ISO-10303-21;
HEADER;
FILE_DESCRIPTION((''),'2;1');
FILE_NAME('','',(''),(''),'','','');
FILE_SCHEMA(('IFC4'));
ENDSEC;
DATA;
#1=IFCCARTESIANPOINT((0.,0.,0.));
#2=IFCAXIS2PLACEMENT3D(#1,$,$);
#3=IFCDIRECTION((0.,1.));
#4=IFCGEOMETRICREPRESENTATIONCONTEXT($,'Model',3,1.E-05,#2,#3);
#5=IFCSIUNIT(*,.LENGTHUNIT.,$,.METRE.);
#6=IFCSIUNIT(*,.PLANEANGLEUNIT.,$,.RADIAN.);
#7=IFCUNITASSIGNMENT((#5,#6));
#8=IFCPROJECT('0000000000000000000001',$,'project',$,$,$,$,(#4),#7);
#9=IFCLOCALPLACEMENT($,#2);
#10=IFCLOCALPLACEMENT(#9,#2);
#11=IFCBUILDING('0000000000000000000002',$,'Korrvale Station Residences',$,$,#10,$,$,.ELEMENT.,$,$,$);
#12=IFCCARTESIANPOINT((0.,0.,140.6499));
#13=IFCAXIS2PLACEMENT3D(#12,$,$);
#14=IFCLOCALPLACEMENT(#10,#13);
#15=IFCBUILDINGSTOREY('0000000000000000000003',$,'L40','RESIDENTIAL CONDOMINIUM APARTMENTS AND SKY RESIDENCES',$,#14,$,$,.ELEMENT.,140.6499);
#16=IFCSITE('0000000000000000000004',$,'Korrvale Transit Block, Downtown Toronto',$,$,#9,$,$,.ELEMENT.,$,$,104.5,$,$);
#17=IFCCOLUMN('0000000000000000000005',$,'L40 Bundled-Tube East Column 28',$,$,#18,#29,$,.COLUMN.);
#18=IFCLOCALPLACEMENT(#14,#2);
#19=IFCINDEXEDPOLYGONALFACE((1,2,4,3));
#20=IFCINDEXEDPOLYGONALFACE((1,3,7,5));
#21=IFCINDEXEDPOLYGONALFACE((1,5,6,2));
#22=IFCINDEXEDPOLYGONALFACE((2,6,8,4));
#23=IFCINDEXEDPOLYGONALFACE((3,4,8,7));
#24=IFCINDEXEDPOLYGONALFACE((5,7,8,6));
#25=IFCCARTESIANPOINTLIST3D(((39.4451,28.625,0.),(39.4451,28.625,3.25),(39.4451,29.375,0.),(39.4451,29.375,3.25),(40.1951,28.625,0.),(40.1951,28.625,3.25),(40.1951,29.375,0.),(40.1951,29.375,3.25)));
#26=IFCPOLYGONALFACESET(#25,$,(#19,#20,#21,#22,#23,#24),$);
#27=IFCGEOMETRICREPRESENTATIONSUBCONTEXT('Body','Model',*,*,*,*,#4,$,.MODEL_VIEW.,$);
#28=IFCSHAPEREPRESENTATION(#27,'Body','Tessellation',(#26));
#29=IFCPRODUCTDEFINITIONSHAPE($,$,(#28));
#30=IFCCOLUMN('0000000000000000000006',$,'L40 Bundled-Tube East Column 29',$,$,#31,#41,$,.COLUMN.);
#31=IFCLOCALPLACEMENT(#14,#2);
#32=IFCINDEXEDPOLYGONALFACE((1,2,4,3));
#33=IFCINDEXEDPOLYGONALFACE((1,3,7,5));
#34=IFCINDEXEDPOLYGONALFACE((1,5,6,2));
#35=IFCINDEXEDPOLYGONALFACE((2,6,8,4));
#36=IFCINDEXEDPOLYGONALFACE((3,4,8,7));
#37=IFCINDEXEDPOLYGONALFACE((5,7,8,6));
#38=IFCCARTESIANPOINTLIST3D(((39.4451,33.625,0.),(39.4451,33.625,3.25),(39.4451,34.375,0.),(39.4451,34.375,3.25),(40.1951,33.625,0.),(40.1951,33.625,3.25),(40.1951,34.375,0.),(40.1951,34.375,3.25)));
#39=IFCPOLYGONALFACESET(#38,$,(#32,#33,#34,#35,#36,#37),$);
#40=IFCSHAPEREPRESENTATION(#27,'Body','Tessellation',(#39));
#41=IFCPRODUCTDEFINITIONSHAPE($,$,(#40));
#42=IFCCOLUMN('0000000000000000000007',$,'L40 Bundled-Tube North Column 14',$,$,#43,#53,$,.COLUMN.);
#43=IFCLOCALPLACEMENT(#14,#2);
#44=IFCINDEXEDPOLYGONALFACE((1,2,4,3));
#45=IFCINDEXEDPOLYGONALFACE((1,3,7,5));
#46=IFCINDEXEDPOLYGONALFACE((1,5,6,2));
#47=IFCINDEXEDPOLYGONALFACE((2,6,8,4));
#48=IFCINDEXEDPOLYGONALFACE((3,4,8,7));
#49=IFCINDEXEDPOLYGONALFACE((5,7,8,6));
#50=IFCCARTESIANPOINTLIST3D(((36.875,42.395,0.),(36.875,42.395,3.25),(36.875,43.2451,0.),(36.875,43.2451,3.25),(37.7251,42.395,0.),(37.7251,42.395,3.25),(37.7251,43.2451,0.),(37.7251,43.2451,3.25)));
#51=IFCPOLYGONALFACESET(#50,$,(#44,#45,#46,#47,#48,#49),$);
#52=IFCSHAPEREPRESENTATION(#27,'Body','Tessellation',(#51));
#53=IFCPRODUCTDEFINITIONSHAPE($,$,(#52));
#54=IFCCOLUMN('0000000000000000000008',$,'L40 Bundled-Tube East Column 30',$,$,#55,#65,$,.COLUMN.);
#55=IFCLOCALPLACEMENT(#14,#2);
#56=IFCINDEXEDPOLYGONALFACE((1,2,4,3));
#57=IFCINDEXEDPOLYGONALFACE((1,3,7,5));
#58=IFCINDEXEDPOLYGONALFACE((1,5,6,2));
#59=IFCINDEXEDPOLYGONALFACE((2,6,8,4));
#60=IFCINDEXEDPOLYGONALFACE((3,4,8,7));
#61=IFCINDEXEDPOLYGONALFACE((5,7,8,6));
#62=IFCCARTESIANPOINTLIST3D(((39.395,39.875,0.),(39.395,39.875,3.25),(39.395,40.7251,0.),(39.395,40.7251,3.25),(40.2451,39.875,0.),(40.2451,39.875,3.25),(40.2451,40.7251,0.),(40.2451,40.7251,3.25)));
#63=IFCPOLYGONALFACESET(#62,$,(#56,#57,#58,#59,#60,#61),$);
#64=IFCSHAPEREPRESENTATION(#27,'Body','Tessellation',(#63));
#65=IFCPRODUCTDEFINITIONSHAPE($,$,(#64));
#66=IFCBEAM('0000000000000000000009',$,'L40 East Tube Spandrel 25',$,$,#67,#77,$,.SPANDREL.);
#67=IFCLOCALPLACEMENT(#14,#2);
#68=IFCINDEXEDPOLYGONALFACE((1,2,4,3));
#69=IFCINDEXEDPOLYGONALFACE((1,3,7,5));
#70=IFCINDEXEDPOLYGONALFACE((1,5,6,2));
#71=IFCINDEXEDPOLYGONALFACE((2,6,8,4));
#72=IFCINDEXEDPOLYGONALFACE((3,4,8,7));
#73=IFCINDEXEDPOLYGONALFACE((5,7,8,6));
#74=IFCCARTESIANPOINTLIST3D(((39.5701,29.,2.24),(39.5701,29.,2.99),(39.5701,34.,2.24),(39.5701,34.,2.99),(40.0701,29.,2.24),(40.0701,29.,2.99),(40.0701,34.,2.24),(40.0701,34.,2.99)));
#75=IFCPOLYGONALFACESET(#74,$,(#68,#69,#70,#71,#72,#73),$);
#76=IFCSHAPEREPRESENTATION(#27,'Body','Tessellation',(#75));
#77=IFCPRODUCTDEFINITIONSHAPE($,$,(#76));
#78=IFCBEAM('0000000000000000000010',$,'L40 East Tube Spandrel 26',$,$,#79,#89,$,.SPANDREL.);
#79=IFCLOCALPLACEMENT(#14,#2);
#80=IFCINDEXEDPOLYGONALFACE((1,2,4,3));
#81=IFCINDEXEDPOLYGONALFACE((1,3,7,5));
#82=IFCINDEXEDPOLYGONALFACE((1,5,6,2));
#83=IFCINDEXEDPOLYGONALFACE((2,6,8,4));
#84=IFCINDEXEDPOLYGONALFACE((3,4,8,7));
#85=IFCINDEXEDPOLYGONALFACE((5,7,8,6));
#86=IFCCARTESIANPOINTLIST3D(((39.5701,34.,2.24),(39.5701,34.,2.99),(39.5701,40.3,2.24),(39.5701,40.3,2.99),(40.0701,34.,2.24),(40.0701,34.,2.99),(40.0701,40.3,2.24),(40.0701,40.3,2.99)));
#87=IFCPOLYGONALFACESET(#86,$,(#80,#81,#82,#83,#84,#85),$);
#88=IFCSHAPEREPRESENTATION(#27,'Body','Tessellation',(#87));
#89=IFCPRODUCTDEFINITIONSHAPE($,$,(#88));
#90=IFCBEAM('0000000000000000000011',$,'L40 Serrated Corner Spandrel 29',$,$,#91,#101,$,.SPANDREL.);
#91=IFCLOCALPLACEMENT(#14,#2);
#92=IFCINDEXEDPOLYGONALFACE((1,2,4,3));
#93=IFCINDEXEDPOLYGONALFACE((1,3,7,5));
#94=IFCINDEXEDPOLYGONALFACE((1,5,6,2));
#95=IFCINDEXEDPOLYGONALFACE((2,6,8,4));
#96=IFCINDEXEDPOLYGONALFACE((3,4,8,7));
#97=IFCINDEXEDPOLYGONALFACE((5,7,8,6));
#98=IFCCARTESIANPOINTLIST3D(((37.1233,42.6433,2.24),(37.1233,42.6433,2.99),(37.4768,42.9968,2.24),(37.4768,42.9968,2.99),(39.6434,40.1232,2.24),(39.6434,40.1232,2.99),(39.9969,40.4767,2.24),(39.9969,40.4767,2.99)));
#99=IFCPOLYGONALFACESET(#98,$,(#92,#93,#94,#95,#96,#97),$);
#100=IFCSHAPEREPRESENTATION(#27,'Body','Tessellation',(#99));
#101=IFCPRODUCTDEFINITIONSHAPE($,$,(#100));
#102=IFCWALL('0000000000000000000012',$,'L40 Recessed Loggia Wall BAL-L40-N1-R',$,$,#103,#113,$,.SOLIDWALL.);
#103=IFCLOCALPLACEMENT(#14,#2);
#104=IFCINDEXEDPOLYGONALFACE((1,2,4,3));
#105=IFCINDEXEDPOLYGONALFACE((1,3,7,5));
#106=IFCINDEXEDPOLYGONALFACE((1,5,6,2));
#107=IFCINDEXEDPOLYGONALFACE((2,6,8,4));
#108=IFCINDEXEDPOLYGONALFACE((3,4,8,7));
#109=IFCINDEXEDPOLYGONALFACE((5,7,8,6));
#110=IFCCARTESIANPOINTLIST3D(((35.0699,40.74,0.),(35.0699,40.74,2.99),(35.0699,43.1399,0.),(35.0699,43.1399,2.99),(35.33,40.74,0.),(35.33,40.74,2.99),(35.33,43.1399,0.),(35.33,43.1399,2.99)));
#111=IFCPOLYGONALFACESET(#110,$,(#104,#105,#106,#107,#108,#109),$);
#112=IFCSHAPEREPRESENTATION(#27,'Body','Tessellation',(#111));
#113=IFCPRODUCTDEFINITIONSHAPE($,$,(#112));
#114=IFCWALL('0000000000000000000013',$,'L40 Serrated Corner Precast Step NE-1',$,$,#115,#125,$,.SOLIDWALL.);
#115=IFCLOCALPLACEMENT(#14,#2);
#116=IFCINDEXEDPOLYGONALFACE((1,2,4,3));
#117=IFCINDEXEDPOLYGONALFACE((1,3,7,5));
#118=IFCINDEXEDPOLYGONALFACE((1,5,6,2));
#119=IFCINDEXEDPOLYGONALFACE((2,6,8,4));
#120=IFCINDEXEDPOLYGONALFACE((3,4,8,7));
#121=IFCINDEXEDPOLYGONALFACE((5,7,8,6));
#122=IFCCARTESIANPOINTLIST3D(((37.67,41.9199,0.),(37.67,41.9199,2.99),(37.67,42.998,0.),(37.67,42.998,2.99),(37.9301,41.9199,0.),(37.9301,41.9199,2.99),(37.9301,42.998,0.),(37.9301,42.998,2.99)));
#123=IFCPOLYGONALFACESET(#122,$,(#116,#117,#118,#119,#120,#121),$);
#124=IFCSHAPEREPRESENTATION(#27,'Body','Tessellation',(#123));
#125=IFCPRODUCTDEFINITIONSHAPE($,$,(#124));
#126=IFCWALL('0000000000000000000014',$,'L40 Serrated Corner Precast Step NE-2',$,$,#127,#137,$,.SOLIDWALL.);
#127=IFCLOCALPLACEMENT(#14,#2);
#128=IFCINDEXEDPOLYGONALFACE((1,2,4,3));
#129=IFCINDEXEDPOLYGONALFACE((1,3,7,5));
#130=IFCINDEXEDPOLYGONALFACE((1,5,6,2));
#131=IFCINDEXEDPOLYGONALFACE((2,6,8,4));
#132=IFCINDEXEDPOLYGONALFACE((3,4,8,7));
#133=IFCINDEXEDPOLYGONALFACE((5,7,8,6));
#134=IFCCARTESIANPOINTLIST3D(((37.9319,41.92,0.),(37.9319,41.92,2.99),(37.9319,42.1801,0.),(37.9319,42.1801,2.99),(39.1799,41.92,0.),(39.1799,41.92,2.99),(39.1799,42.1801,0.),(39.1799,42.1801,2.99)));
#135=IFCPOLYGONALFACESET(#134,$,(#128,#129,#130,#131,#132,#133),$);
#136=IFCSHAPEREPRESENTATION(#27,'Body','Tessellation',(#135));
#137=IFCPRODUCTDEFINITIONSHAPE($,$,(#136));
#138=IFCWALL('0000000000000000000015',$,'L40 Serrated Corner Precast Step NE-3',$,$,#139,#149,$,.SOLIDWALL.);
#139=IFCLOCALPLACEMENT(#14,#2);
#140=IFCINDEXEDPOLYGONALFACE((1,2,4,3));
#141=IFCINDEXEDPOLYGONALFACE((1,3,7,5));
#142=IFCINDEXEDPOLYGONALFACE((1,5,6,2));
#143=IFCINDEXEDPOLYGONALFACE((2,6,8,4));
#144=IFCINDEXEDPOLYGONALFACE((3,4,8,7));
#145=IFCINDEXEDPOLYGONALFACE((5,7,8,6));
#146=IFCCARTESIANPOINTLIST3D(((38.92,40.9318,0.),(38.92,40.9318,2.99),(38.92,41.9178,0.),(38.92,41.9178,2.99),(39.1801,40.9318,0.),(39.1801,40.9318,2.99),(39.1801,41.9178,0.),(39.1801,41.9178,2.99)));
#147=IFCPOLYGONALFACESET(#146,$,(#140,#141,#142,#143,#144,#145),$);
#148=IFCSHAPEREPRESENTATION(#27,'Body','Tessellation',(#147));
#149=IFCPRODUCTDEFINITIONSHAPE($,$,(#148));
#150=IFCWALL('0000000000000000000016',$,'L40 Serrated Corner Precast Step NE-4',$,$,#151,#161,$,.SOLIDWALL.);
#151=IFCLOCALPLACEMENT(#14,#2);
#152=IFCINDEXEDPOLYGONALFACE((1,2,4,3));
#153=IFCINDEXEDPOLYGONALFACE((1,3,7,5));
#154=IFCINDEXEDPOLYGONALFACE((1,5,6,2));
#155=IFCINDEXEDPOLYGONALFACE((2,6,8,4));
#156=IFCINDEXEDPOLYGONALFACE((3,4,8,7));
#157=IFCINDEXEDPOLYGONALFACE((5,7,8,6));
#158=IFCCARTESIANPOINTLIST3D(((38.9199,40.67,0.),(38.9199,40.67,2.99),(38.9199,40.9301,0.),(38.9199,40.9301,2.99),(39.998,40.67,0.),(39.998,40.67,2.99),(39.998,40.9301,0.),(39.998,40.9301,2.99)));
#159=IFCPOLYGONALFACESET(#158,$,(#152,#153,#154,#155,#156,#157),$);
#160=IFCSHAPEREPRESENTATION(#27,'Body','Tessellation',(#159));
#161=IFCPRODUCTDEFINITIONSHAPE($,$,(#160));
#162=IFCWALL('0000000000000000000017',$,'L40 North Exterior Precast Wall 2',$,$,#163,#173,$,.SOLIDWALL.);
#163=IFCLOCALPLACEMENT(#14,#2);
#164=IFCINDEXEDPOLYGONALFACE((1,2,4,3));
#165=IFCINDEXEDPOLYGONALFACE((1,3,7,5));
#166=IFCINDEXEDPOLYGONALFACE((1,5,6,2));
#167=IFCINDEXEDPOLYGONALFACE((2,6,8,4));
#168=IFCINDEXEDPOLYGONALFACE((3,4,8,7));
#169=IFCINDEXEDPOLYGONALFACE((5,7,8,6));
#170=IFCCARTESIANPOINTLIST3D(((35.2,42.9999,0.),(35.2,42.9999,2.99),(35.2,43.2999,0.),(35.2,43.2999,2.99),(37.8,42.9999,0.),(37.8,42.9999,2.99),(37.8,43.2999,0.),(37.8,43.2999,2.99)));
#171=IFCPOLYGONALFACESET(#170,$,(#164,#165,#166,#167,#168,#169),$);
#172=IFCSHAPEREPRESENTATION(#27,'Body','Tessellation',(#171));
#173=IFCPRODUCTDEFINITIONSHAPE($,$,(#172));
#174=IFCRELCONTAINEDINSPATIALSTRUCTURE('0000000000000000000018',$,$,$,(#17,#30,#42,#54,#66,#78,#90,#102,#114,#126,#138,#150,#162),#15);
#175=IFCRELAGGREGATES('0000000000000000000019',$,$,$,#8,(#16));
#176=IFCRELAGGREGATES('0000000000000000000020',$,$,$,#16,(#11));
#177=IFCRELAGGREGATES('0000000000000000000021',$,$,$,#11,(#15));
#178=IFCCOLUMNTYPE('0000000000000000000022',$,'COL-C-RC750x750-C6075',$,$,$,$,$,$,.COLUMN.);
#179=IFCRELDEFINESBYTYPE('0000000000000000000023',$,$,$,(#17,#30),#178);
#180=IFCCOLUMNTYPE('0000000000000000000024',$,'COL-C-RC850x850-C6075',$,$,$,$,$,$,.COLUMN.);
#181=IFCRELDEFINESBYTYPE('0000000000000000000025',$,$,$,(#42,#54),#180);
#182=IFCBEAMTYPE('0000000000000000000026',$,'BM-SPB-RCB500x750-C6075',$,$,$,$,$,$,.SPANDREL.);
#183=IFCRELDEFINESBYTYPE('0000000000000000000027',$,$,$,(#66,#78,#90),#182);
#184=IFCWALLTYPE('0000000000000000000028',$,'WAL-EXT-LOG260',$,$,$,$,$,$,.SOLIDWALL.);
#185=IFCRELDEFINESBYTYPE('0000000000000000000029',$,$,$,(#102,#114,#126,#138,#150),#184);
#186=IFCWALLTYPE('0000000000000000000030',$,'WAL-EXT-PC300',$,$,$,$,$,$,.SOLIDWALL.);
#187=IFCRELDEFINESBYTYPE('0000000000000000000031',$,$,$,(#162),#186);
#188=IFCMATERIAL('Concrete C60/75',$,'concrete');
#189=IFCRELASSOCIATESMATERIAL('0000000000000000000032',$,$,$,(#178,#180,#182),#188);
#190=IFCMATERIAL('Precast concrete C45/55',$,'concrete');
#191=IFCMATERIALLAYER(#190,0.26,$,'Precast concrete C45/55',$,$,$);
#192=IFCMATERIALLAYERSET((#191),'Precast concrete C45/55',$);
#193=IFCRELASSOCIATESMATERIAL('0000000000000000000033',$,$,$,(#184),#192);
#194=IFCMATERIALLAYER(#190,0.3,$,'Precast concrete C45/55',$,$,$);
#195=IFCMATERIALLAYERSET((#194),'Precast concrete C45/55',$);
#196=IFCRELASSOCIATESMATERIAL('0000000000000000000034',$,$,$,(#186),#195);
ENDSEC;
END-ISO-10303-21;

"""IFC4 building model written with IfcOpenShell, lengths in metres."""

from ifc_helpers import new_model, si_unit, direction, frame, frame_2d, origin, origin_2d, place, context, subcontext, project, spatial, rectangle, extrude, material, layer, layer_set, material_profile, profile_set, type_object, element, save


model = new_model("IFC4")

# Units and contexts
model_context = context("Model", 3, precision=1e-05, world=origin(), true_north=direction((0.0, 1.0)))
body_context = subcontext(model_context, "Body", "Model", "MODEL_VIEW")
ifc_project = project(units=[si_unit("LENGTHUNIT", "METRE"), si_unit("PLANEANGLEUNIT", "RADIAN")], contexts=[model_context])

# Site, building, storey
site_placement = place(None, origin())
site = spatial("IfcSite", under=ifc_project, at=site_placement, Name="Korrvale Transit Block, Downtown Toronto", CompositionType="ELEMENT", RefElevation=104.5)
building_placement = place(site_placement, origin())
building = spatial("IfcBuilding", under=site, at=building_placement, Name="Korrvale Station Residences", CompositionType="ELEMENT")
storey_placement = place(building_placement, frame((0.0, 0.0, 140.6499)))
storey = spatial("IfcBuildingStorey", under=building, at=storey_placement, Name="L40", Description="RESIDENTIAL CONDOMINIUM APARTMENTS AND SKY RESIDENCES", CompositionType="ELEMENT", Elevation=140.6499)

# Columns
ifc_material_1 = material(Name="Concrete C60/75", Category="concrete")
ifc_material_profile_1 = material_profile(ifc_material_1, rectangle(XDim=0.75, YDim=0.75, at=origin_2d()), Name="RC750x750")
ifc_profile_set_1 = profile_set([ifc_material_profile_1], Name="Concrete C60/75")
column_type_1 = type_object("IfcColumnType", Name="COL-C-RC750x750-C6075", PredefinedType="COLUMN", material=ifc_profile_set_1)
for number, where, z_axis, x_axis, name in (
    (1, (39.8201, 29.0, 0.0), (0.0, 0.0, 1.0), (1.0, 0.0, 0.0), "L40 Bundled-Tube East Column 28"),
    (2, (39.8201, 34.0, 0.0), (0.0, 0.0, 1.0), (1.0, 0.0, 0.0), "L40 Bundled-Tube East Column 29"),
):
    element("IfcColumn", number, at=place(storey_placement, frame(where, z_axis=z_axis, x_axis=x_axis)), inside=storey, type_object=column_type_1, Name=name, PredefinedType="COLUMN", context=body_context, shape_type="SweptSolid", body=[
        extrude(rectangle(XDim=0.75, YDim=0.75, at=origin_2d()), origin(), (0.0, 0.0, 1.0), 3.25),
    ])
ifc_material_profile_2 = material_profile(ifc_material_1, rectangle(XDim=0.8501, YDim=0.8501, at=origin_2d()), Name="RC850x850")
ifc_profile_set_2 = profile_set([ifc_material_profile_2], Name="Concrete C60/75")
column_type_2 = type_object("IfcColumnType", Name="COL-C-RC850x850-C6075", PredefinedType="COLUMN", material=ifc_profile_set_2)
for number, where, z_axis, x_axis, name in (
    (3, (37.3, 42.8201, 0.0), (0.0, 0.0, 1.0), (1.0, 0.0, 0.0), "L40 Bundled-Tube North Column 14"),
    (4, (39.8201, 40.3, 0.0), (0.0, 0.0, 1.0), (1.0, 0.0, 0.0), "L40 Bundled-Tube East Column 30"),
):
    element("IfcColumn", number, at=place(storey_placement, frame(where, z_axis=z_axis, x_axis=x_axis)), inside=storey, type_object=column_type_2, Name=name, PredefinedType="COLUMN", context=body_context, shape_type="SweptSolid", body=[
        extrude(rectangle(XDim=0.8501, YDim=0.8501, at=origin_2d()), origin(), (0.0, 0.0, 1.0), 3.25),
    ])

# Beams
ifc_material_profile_3 = material_profile(ifc_material_1, rectangle(XDim=0.5, YDim=0.75, at=origin_2d()), Name="RCB500x750")
ifc_profile_set_3 = profile_set([ifc_material_profile_3], Name="Concrete C60/75")
beam_type = type_object("IfcBeamType", Name="BM-SPB-RCB500x750-C6075", PredefinedType="SPANDREL", material=ifc_profile_set_3)
beam_1_placement = place(storey_placement, frame((39.8201, 29.0, 2.615), z_axis=(0.0, 1.0, 0.0), x_axis=(-1.0, 0.0, 0.0)))
element("IfcBeam", 5, at=beam_1_placement, inside=storey, type_object=beam_type, Name="L40 East Tube Spandrel 25", PredefinedType="SPANDREL", context=body_context, shape_type="SweptSolid", body=[
    extrude(rectangle(XDim=0.5, YDim=0.75, at=origin_2d()), origin(), (0.0, 0.0, 1.0), 5.0),
])
beam_2_placement = place(storey_placement, frame((39.8201, 34.0, 2.615), z_axis=(0.0, 1.0, 0.0), x_axis=(-1.0, 0.0, 0.0)))
element("IfcBeam", 6, at=beam_2_placement, inside=storey, type_object=beam_type, Name="L40 East Tube Spandrel 26", PredefinedType="SPANDREL", context=body_context, shape_type="SweptSolid", body=[
    extrude(rectangle(XDim=0.5, YDim=0.75, at=origin_2d()), origin(), (0.0, 0.0, 1.0), 6.3),
])
beam_3_placement = place(storey_placement, frame((37.3, 42.8201, 2.615), z_axis=(0.707107, -0.707107, 0.0), x_axis=(0.707107, 0.707107, 0.0)))
element("IfcBeam", 7, at=beam_3_placement, inside=storey, type_object=beam_type, Name="L40 Serrated Corner Spandrel 29", PredefinedType="SPANDREL", context=body_context, shape_type="SweptSolid", body=[
    extrude(rectangle(XDim=0.5, YDim=0.75, at=origin_2d()), origin(), (0.0, 0.0, 1.0), 3.564),
])

# Walls
ifc_material_2 = material(Name="Precast concrete C45/55", Category="concrete")
ifc_layer_1 = layer(ifc_material_2, 0.26, Name="Precast concrete C45/55")
ifc_layer_set_1 = layer_set([ifc_layer_1], Name="Precast concrete C45/55")
wall_type_1 = type_object("IfcWallType", Name="WAL-EXT-LOG260", PredefinedType="SOLIDWALL", material=ifc_layer_set_1)
wall_1_placement = place(storey_placement, frame((35.2, 40.74, 0.0), z_axis=(0.0, 0.0, 1.0), x_axis=(0.0, 1.0, 0.0)))
element("IfcWall", 8, at=wall_1_placement, inside=storey, type_object=wall_type_1, Name="L40 Recessed Loggia Wall BAL-L40-N1-R", PredefinedType="SOLIDWALL", context=body_context, shape_type="SweptSolid", body=[
    extrude(rectangle(XDim=2.3999, YDim=0.26, at=frame_2d((1.2, 0.0))), origin(), (0.0, 0.0, 1.0), 2.99),
])
wall_2_placement = place(storey_placement, frame((37.8, 42.998, 0.0), z_axis=(0.0, 0.0, 1.0), x_axis=(0.0, -1.0, 0.0)))
element("IfcWall", 9, at=wall_2_placement, inside=storey, type_object=wall_type_1, Name="L40 Serrated Corner Precast Step NE-1", PredefinedType="SOLIDWALL", context=body_context, shape_type="SweptSolid", body=[
    extrude(rectangle(XDim=1.0781, YDim=0.26, at=frame_2d((0.5391, 0.0))), origin(), (0.0, 0.0, 1.0), 2.99),
])
wall_3_placement = place(storey_placement, frame((37.9319, 42.05, 0.0), z_axis=(0.0, 0.0, 1.0), x_axis=(1.0, 0.0, 0.0)))
element("IfcWall", 10, at=wall_3_placement, inside=storey, type_object=wall_type_1, Name="L40 Serrated Corner Precast Step NE-2", PredefinedType="SOLIDWALL", context=body_context, shape_type="SweptSolid", body=[
    extrude(rectangle(XDim=1.248, YDim=0.26, at=frame_2d((0.624, 0.0))), origin(), (0.0, 0.0, 1.0), 2.99),
])
wall_4_placement = place(storey_placement, frame((39.05, 41.918, 0.0), z_axis=(0.0, 0.0, 1.0), x_axis=(0.0, -1.0, 0.0)))
element("IfcWall", 11, at=wall_4_placement, inside=storey, type_object=wall_type_1, Name="L40 Serrated Corner Precast Step NE-3", PredefinedType="SOLIDWALL", context=body_context, shape_type="SweptSolid", body=[
    extrude(rectangle(XDim=0.9861, YDim=0.26, at=frame_2d((0.4932, 0.0))), origin(), (0.0, 0.0, 1.0), 2.99),
])
wall_5_placement = place(storey_placement, frame((38.9199, 40.8, 0.0), z_axis=(0.0, 0.0, 1.0), x_axis=(1.0, 0.0, 0.0)))
element("IfcWall", 12, at=wall_5_placement, inside=storey, type_object=wall_type_1, Name="L40 Serrated Corner Precast Step NE-4", PredefinedType="SOLIDWALL", context=body_context, shape_type="SweptSolid", body=[
    extrude(rectangle(XDim=1.0781, YDim=0.26, at=frame_2d((0.5391, 0.0))), origin(), (0.0, 0.0, 1.0), 2.99),
])
ifc_layer_2 = layer(ifc_material_2, 0.3, Name="Precast concrete C45/55")
ifc_layer_set_2 = layer_set([ifc_layer_2], Name="Precast concrete C45/55")
wall_type_2 = type_object("IfcWallType", Name="WAL-EXT-PC300", PredefinedType="SOLIDWALL", material=ifc_layer_set_2)
wall_6_placement = place(storey_placement, frame((35.2, 43.1499, 0.0), z_axis=(0.0, 0.0, 1.0), x_axis=(1.0, 0.0, 0.0)))
element("IfcWall", 13, at=wall_6_placement, inside=storey, type_object=wall_type_2, Name="L40 North Exterior Precast Wall 2", PredefinedType="SOLIDWALL", context=body_context, shape_type="SweptSolid", body=[
    extrude(rectangle(XDim=2.6001, YDim=0.3, at=frame_2d((1.3, 0.0))), origin(), (0.0, 0.0, 1.0), 2.99),
])

save(model, "model.ifc")
